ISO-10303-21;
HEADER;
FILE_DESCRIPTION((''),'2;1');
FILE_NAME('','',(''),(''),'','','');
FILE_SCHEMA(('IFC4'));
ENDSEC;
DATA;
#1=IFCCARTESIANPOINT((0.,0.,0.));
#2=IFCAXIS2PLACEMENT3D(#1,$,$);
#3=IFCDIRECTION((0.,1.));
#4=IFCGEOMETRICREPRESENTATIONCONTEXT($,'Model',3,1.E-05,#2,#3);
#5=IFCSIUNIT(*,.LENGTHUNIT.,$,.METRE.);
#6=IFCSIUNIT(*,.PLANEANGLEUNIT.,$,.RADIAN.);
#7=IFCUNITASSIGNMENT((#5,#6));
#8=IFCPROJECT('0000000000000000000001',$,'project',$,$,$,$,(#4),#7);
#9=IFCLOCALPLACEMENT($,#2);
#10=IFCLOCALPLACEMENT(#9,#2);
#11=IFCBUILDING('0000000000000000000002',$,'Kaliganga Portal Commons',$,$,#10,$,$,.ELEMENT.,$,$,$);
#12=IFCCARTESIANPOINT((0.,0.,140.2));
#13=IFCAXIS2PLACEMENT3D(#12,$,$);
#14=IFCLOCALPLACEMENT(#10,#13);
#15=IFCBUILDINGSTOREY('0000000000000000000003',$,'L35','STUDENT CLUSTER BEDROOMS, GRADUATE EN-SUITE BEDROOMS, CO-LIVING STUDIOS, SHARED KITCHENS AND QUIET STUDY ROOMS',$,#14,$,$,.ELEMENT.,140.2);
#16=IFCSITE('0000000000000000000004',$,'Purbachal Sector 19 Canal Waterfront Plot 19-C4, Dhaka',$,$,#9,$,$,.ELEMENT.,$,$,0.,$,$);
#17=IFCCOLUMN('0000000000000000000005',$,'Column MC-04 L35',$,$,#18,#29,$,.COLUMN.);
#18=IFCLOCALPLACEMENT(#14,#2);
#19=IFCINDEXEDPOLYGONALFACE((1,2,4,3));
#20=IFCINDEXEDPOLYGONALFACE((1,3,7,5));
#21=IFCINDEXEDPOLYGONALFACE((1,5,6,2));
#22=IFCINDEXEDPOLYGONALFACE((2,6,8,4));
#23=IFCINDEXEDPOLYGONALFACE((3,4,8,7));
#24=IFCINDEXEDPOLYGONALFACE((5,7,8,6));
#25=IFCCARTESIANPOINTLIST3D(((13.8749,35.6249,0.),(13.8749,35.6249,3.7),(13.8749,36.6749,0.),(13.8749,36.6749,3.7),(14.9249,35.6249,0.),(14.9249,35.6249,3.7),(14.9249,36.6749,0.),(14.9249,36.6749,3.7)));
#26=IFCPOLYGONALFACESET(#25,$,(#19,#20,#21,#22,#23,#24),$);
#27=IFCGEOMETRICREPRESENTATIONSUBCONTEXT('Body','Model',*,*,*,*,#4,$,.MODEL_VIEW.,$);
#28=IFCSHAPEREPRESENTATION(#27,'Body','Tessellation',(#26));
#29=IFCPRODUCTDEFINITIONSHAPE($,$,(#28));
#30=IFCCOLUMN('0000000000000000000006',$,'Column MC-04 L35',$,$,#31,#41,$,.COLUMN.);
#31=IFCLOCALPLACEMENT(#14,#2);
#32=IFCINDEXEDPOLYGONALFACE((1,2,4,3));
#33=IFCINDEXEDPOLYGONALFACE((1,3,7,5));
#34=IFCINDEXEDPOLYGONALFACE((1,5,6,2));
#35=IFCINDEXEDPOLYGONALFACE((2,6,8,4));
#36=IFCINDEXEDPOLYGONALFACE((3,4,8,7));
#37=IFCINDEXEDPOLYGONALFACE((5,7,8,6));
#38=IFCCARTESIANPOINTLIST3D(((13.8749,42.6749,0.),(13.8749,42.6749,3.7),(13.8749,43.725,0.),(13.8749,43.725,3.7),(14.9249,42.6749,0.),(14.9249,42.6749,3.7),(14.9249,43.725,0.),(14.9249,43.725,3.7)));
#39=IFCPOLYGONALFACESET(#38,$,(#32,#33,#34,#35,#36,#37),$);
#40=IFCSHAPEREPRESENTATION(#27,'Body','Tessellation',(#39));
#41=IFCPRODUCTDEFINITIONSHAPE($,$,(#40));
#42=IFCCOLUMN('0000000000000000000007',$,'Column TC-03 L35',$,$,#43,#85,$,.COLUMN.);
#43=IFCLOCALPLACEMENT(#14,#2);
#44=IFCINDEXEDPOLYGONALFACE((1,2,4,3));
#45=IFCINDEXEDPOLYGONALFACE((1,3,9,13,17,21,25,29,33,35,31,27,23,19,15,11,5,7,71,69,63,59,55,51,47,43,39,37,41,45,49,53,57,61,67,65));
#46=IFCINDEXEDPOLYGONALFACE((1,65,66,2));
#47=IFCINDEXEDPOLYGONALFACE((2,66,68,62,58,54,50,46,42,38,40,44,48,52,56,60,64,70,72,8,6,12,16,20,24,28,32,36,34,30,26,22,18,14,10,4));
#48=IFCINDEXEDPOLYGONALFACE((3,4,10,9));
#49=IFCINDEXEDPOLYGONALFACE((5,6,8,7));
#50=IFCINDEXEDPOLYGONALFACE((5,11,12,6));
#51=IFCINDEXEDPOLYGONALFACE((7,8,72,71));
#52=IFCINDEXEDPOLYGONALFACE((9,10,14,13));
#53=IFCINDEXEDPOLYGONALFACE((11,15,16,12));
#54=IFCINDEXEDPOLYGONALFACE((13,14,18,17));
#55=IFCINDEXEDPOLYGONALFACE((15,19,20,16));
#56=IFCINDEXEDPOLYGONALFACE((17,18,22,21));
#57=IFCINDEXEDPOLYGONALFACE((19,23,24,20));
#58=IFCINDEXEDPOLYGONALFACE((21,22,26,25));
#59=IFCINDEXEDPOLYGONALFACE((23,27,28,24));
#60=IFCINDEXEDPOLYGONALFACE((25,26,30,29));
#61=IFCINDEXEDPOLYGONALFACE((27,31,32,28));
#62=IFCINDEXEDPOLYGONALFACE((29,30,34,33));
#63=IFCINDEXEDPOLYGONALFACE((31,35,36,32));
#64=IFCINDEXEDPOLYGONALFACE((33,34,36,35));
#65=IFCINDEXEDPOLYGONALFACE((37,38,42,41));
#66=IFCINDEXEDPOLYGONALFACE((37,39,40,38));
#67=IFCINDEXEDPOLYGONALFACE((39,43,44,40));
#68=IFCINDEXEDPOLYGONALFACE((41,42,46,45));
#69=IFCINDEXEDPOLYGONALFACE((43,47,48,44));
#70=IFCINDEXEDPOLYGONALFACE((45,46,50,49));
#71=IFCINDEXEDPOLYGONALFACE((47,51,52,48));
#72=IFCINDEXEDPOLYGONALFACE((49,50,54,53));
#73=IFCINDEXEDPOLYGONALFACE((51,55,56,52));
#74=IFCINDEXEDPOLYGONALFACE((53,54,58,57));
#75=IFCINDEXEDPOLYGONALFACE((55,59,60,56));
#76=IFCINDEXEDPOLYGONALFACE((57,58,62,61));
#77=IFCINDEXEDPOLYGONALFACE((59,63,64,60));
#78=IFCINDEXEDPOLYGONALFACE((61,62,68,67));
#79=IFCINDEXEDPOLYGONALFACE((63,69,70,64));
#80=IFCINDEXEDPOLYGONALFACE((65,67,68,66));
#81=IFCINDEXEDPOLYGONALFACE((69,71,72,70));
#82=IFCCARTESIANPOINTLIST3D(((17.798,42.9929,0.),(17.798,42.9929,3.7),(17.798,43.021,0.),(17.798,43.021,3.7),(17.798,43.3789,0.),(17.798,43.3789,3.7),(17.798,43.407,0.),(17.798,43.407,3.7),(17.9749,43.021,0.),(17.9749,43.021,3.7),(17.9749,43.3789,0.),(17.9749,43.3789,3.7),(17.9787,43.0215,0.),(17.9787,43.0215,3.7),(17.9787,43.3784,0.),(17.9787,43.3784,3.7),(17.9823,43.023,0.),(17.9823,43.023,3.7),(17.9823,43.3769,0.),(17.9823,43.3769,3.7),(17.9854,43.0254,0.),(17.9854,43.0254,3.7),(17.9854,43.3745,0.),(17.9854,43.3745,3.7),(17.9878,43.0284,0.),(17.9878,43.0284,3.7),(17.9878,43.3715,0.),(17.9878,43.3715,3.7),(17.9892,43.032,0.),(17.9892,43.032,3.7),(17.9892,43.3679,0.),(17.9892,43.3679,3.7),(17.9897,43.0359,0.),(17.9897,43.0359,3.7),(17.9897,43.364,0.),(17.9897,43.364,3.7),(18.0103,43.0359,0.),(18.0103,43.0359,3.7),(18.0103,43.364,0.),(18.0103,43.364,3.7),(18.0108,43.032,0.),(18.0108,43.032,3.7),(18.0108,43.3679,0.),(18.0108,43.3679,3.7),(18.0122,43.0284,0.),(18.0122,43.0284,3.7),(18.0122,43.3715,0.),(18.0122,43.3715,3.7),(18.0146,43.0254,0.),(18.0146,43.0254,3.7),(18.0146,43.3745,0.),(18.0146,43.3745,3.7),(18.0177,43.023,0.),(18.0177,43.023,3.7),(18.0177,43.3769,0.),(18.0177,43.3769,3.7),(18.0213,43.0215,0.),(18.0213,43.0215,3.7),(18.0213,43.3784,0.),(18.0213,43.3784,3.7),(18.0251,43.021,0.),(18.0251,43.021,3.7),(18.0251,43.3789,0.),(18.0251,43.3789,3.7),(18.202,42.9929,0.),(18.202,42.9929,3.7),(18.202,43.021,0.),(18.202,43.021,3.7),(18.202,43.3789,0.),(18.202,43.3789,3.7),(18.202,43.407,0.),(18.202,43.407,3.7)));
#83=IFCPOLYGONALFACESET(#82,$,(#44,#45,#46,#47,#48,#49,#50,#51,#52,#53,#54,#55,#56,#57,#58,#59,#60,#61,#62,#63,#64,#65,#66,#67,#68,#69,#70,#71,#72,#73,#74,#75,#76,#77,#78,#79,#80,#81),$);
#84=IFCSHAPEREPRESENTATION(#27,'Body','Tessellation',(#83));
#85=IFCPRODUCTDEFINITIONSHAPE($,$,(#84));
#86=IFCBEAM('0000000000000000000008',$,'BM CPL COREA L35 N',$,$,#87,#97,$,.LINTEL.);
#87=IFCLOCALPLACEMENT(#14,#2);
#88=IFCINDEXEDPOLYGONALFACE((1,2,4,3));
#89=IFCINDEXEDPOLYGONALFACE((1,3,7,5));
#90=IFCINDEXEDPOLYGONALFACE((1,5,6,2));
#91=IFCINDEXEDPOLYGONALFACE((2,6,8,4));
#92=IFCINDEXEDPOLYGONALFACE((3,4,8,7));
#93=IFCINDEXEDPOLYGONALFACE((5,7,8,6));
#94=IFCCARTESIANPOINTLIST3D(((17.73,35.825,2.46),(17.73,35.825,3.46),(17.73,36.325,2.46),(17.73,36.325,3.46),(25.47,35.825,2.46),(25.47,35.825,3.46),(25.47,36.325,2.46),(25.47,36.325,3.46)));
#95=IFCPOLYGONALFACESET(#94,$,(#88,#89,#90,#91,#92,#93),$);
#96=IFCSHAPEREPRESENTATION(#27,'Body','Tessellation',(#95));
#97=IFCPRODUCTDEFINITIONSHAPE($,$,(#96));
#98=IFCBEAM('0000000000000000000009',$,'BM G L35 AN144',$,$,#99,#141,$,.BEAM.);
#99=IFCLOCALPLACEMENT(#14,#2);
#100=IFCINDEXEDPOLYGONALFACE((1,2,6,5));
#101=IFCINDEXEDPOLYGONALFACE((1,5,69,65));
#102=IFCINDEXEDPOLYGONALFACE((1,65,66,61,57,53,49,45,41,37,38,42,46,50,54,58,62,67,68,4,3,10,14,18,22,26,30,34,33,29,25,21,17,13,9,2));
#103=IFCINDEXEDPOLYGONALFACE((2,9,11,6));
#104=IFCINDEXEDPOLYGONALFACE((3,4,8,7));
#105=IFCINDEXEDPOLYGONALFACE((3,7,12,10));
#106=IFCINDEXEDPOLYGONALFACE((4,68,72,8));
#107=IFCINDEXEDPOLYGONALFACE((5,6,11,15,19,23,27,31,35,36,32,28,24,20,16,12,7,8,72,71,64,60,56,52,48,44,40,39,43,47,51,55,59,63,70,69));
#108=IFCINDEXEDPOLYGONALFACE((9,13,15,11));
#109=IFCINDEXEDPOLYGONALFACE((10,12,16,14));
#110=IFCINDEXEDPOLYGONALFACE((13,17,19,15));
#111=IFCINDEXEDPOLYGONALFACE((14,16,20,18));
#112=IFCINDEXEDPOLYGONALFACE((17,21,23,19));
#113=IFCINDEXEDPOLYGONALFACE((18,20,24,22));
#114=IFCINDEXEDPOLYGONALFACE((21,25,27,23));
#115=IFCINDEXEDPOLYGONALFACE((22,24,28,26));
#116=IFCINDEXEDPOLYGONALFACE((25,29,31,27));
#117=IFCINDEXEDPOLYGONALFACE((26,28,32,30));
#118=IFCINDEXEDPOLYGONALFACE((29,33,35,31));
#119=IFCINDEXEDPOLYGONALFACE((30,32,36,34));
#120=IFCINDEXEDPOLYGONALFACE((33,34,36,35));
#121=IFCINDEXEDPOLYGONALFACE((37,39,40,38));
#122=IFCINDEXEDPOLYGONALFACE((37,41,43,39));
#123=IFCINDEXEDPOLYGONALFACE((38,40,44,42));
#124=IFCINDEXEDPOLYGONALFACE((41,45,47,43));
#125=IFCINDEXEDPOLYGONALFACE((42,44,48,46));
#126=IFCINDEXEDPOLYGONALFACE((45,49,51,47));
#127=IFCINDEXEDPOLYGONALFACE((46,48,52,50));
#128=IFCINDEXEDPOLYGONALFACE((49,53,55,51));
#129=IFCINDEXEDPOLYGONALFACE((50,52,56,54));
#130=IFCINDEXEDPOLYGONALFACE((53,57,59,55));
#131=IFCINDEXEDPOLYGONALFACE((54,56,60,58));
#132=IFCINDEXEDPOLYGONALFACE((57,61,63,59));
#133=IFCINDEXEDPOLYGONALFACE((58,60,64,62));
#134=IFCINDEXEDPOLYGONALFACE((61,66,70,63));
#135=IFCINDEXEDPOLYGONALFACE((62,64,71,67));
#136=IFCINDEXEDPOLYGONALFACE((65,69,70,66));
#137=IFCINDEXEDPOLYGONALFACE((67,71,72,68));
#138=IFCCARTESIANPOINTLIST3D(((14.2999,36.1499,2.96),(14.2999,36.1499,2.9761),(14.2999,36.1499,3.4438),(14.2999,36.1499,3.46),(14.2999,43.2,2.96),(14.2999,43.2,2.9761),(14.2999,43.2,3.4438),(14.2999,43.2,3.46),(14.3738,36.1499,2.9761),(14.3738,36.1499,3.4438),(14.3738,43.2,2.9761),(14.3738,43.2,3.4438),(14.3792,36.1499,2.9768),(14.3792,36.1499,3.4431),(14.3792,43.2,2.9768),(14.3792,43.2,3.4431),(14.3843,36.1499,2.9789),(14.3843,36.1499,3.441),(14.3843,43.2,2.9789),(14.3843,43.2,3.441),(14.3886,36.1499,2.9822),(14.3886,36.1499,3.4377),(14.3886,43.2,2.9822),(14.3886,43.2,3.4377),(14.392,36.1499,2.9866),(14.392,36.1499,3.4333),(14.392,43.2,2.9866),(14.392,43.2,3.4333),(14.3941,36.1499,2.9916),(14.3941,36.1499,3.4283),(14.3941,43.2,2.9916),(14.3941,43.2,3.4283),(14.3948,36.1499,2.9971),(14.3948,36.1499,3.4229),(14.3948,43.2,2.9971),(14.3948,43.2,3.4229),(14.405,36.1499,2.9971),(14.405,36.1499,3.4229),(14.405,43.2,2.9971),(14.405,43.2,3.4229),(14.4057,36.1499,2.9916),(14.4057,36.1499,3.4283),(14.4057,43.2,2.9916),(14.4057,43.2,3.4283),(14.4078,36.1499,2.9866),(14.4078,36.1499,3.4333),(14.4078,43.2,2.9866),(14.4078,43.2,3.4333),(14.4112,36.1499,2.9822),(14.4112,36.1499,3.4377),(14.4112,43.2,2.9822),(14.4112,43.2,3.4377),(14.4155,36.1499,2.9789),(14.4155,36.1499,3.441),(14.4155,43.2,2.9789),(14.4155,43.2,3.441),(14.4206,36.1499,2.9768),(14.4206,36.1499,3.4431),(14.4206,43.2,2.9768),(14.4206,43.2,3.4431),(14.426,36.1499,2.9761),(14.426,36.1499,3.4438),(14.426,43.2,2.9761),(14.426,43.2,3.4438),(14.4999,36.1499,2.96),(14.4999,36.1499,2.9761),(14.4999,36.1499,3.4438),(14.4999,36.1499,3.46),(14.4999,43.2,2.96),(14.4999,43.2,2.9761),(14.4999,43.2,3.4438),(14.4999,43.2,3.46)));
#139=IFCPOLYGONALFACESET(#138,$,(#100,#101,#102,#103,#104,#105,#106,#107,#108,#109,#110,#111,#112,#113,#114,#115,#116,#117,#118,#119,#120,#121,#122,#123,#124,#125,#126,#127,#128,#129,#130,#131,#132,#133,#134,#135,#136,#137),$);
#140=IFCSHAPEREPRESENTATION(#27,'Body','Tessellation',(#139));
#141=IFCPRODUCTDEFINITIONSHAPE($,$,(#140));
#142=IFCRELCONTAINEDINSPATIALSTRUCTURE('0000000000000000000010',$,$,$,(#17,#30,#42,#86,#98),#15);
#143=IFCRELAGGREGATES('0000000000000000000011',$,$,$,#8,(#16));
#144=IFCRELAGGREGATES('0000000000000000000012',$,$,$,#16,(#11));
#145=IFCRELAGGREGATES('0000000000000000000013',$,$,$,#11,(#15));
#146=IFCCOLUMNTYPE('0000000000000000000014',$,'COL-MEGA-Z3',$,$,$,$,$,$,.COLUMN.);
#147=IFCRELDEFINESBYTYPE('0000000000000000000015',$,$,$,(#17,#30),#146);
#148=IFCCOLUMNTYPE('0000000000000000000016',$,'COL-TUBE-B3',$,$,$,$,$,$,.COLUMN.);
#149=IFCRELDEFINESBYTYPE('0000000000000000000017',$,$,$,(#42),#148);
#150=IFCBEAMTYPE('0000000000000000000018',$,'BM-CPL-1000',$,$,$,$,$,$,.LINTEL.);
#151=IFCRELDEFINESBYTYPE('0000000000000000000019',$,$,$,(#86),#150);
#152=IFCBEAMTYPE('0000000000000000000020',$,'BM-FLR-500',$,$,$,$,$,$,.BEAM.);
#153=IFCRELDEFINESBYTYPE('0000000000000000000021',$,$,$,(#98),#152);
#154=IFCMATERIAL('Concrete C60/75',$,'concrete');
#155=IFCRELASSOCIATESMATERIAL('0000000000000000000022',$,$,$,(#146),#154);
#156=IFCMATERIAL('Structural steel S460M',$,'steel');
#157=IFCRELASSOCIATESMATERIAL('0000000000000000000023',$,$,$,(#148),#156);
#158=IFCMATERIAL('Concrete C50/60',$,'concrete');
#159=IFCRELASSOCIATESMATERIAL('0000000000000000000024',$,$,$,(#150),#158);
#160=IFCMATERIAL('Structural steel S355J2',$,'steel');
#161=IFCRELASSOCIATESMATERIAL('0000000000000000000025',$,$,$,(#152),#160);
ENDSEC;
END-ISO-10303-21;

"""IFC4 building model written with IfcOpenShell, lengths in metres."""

from ifc_helpers import new_model, si_unit, direction, frame, origin, origin_2d, place, context, subcontext, project, spatial, rectangle, i_section, extrude, source, transform, mapped, material, material_profile, profile_set, type_object, element, save


model = new_model("IFC4")

# Units and contexts
model_context = context("Model", 3, precision=1e-05, world=origin(), true_north=direction((0.0, 1.0)))
body_context = subcontext(model_context, "Body", "Model", "MODEL_VIEW")
ifc_project = project(units=[si_unit("LENGTHUNIT", "METRE"), si_unit("PLANEANGLEUNIT", "RADIAN")], contexts=[model_context])

# Site, building, storey
site_placement = place(None, origin())
site = spatial("IfcSite", under=ifc_project, at=site_placement, Name="Purbachal Sector 19 Canal Waterfront Plot 19-C4, Dhaka", CompositionType="ELEMENT", RefElevation=0.0)
building_placement = place(site_placement, origin())
building = spatial("IfcBuilding", under=site, at=building_placement, Name="Kaliganga Portal Commons", CompositionType="ELEMENT")
storey_placement = place(building_placement, frame((0.0, 0.0, 140.2)))
storey = spatial("IfcBuildingStorey", under=building, at=storey_placement, Name="L35", Description="STUDENT CLUSTER BEDROOMS, GRADUATE EN-SUITE BEDROOMS, CO-LIVING STUDIOS, SHARED KITCHENS AND QUIET STUDY ROOMS", CompositionType="ELEMENT", Elevation=140.2)

# Columns
ifc_material_1 = material(Name="Concrete C60/75", Category="concrete")
ifc_material_profile_1 = material_profile(ifc_material_1, rectangle(XDim=1.05, YDim=1.05, at=origin_2d()), Name="RC 1050x1050")
ifc_profile_set_1 = profile_set([ifc_material_profile_1], Name="Concrete C60/75")
column_type_1 = type_object("IfcColumnType", Name="COL-MEGA-Z3", PredefinedType="COLUMN", material=ifc_profile_set_1)
shared_shape_1 = source(origin(), body_context, "Body", "SweptSolid", [
    extrude(rectangle(XDim=1.05, YDim=1.05, at=origin_2d()), origin(), (0.0, 0.0, 1.0), 3.7),
])
for number, where, z_axis, x_axis, name in (
    (1, (14.3999, 36.1499, 0.0), (0.0, 0.0, 1.0), (1.0, 0.0, 0.0), "Column MC-04 L35"),
    (2, (14.3999, 43.2, 0.0), (0.0, 0.0, 1.0), (1.0, 0.0, 0.0), "Column MC-04 L35"),
):
    element("IfcColumn", number, at=place(storey_placement, frame(where, z_axis=z_axis, x_axis=x_axis)), inside=storey, type_object=column_type_1, Name=name, PredefinedType="COLUMN", context=body_context, shape_type="MappedRepresentation", body=[
        mapped(shared_shape_1, transform((0.0, 0.0, 0.0), x_axis=(1.0, 0.0, 0.0), y_axis=(0.0, 1.0, 0.0), z_axis=(0.0, 0.0, 1.0), scale=1.0)),
    ])
ifc_material_2 = material(Name="Structural steel S460M", Category="steel")
ifc_material_profile_2 = material_profile(ifc_material_2, i_section(OverallWidth=0.4041, OverallDepth=0.4141, WebThickness=0.0205, FlangeThickness=0.0281, FilletRadius=0.0149, at=origin_2d()), Name="HD 400x347")
ifc_profile_set_2 = profile_set([ifc_material_profile_2], Name="Structural steel S460M wide-flange")
column_type_2 = type_object("IfcColumnType", Name="COL-TUBE-B3", PredefinedType="COLUMN", material=ifc_profile_set_2)
shared_shape_2 = source(origin(), body_context, "Body", "SweptSolid", [
    extrude(i_section(OverallWidth=0.4041, OverallDepth=0.4141, WebThickness=0.0205, FlangeThickness=0.0281, FilletRadius=0.0149, at=origin_2d()), origin(), (0.0, 0.0, 1.0), 3.7),
])
column_placement = place(storey_placement, frame((18.0, 43.2, 0.0), z_axis=(0.0, 0.0, 1.0), x_axis=(1.0, 0.0, 0.0)))
element("IfcColumn", 3, at=column_placement, inside=storey, type_object=column_type_2, Name="Column TC-03 L35", PredefinedType="COLUMN", context=body_context, shape_type="MappedRepresentation", body=[
    mapped(shared_shape_2, transform((0.0, 0.0, 0.0), x_axis=(1.0, 0.0, 0.0), y_axis=(0.0, 1.0, 0.0), z_axis=(0.0, 0.0, 1.0), scale=1.0)),
])

# Beams
ifc_material_3 = material(Name="Concrete C50/60", Category="concrete")
ifc_material_profile_3 = material_profile(ifc_material_3, rectangle(XDim=0.5, YDim=1.0, at=origin_2d()), Name="RC 500x1000")
ifc_profile_set_3 = profile_set([ifc_material_profile_3], Name="Concrete C50/60")
beam_type_1 = type_object("IfcBeamType", Name="BM-CPL-1000", PredefinedType="LINTEL", material=ifc_profile_set_3)
shared_shape_3 = source(origin(), body_context, "Body", "SweptSolid", [
    extrude(rectangle(XDim=0.5, YDim=1.0, at=origin_2d()), origin(), (0.0, 0.0, 1.0), 7.74),
])
beam_1_placement = place(storey_placement, frame((17.73, 36.075, 2.96), z_axis=(1.0, 0.0, 0.0), x_axis=(0.0, 1.0, 0.0)))
element("IfcBeam", 4, at=beam_1_placement, inside=storey, type_object=beam_type_1, Name="BM CPL COREA L35 N", PredefinedType="LINTEL", context=body_context, shape_type="MappedRepresentation", body=[
    mapped(shared_shape_3, transform((0.0, 0.0, 0.0), x_axis=(1.0, 0.0, 0.0), y_axis=(0.0, 1.0, 0.0), z_axis=(0.0, 0.0, 1.0), scale=1.0)),
])
ifc_material_4 = material(Name="Structural steel S355J2", Category="steel")
ifc_material_profile_4 = material_profile(ifc_material_4, i_section(OverallWidth=0.2, OverallDepth=0.5, WebThickness=0.0103, FlangeThickness=0.0161, FilletRadius=0.021, at=origin_2d()), Name="IPE 500")
ifc_profile_set_4 = profile_set([ifc_material_profile_4], Name="Structural steel S355J2 wide-flange")
beam_type_2 = type_object("IfcBeamType", Name="BM-FLR-500", PredefinedType="BEAM", material=ifc_profile_set_4)
shared_shape_4 = source(origin(), body_context, "Body", "SweptSolid", [
    extrude(i_section(OverallWidth=0.2, OverallDepth=0.5, WebThickness=0.0103, FlangeThickness=0.0161, FilletRadius=0.021, at=origin_2d()), origin(), (0.0, 0.0, 1.0), 7.05),
])
beam_2_placement = place(storey_placement, frame((14.3999, 36.1499, 3.21), z_axis=(0.0, 1.0, 0.0), x_axis=(-1.0, 0.0, 0.0)))
element("IfcBeam", 5, at=beam_2_placement, inside=storey, type_object=beam_type_2, Name="BM G L35 AN144", PredefinedType="BEAM", context=body_context, shape_type="MappedRepresentation", body=[
    mapped(shared_shape_4, transform((0.0, 0.0, 0.0), x_axis=(1.0, 0.0, 0.0), y_axis=(0.0, 1.0, 0.0), z_axis=(0.0, 0.0, 1.0), scale=1.0)),
])

save(model, "model.ifc")
